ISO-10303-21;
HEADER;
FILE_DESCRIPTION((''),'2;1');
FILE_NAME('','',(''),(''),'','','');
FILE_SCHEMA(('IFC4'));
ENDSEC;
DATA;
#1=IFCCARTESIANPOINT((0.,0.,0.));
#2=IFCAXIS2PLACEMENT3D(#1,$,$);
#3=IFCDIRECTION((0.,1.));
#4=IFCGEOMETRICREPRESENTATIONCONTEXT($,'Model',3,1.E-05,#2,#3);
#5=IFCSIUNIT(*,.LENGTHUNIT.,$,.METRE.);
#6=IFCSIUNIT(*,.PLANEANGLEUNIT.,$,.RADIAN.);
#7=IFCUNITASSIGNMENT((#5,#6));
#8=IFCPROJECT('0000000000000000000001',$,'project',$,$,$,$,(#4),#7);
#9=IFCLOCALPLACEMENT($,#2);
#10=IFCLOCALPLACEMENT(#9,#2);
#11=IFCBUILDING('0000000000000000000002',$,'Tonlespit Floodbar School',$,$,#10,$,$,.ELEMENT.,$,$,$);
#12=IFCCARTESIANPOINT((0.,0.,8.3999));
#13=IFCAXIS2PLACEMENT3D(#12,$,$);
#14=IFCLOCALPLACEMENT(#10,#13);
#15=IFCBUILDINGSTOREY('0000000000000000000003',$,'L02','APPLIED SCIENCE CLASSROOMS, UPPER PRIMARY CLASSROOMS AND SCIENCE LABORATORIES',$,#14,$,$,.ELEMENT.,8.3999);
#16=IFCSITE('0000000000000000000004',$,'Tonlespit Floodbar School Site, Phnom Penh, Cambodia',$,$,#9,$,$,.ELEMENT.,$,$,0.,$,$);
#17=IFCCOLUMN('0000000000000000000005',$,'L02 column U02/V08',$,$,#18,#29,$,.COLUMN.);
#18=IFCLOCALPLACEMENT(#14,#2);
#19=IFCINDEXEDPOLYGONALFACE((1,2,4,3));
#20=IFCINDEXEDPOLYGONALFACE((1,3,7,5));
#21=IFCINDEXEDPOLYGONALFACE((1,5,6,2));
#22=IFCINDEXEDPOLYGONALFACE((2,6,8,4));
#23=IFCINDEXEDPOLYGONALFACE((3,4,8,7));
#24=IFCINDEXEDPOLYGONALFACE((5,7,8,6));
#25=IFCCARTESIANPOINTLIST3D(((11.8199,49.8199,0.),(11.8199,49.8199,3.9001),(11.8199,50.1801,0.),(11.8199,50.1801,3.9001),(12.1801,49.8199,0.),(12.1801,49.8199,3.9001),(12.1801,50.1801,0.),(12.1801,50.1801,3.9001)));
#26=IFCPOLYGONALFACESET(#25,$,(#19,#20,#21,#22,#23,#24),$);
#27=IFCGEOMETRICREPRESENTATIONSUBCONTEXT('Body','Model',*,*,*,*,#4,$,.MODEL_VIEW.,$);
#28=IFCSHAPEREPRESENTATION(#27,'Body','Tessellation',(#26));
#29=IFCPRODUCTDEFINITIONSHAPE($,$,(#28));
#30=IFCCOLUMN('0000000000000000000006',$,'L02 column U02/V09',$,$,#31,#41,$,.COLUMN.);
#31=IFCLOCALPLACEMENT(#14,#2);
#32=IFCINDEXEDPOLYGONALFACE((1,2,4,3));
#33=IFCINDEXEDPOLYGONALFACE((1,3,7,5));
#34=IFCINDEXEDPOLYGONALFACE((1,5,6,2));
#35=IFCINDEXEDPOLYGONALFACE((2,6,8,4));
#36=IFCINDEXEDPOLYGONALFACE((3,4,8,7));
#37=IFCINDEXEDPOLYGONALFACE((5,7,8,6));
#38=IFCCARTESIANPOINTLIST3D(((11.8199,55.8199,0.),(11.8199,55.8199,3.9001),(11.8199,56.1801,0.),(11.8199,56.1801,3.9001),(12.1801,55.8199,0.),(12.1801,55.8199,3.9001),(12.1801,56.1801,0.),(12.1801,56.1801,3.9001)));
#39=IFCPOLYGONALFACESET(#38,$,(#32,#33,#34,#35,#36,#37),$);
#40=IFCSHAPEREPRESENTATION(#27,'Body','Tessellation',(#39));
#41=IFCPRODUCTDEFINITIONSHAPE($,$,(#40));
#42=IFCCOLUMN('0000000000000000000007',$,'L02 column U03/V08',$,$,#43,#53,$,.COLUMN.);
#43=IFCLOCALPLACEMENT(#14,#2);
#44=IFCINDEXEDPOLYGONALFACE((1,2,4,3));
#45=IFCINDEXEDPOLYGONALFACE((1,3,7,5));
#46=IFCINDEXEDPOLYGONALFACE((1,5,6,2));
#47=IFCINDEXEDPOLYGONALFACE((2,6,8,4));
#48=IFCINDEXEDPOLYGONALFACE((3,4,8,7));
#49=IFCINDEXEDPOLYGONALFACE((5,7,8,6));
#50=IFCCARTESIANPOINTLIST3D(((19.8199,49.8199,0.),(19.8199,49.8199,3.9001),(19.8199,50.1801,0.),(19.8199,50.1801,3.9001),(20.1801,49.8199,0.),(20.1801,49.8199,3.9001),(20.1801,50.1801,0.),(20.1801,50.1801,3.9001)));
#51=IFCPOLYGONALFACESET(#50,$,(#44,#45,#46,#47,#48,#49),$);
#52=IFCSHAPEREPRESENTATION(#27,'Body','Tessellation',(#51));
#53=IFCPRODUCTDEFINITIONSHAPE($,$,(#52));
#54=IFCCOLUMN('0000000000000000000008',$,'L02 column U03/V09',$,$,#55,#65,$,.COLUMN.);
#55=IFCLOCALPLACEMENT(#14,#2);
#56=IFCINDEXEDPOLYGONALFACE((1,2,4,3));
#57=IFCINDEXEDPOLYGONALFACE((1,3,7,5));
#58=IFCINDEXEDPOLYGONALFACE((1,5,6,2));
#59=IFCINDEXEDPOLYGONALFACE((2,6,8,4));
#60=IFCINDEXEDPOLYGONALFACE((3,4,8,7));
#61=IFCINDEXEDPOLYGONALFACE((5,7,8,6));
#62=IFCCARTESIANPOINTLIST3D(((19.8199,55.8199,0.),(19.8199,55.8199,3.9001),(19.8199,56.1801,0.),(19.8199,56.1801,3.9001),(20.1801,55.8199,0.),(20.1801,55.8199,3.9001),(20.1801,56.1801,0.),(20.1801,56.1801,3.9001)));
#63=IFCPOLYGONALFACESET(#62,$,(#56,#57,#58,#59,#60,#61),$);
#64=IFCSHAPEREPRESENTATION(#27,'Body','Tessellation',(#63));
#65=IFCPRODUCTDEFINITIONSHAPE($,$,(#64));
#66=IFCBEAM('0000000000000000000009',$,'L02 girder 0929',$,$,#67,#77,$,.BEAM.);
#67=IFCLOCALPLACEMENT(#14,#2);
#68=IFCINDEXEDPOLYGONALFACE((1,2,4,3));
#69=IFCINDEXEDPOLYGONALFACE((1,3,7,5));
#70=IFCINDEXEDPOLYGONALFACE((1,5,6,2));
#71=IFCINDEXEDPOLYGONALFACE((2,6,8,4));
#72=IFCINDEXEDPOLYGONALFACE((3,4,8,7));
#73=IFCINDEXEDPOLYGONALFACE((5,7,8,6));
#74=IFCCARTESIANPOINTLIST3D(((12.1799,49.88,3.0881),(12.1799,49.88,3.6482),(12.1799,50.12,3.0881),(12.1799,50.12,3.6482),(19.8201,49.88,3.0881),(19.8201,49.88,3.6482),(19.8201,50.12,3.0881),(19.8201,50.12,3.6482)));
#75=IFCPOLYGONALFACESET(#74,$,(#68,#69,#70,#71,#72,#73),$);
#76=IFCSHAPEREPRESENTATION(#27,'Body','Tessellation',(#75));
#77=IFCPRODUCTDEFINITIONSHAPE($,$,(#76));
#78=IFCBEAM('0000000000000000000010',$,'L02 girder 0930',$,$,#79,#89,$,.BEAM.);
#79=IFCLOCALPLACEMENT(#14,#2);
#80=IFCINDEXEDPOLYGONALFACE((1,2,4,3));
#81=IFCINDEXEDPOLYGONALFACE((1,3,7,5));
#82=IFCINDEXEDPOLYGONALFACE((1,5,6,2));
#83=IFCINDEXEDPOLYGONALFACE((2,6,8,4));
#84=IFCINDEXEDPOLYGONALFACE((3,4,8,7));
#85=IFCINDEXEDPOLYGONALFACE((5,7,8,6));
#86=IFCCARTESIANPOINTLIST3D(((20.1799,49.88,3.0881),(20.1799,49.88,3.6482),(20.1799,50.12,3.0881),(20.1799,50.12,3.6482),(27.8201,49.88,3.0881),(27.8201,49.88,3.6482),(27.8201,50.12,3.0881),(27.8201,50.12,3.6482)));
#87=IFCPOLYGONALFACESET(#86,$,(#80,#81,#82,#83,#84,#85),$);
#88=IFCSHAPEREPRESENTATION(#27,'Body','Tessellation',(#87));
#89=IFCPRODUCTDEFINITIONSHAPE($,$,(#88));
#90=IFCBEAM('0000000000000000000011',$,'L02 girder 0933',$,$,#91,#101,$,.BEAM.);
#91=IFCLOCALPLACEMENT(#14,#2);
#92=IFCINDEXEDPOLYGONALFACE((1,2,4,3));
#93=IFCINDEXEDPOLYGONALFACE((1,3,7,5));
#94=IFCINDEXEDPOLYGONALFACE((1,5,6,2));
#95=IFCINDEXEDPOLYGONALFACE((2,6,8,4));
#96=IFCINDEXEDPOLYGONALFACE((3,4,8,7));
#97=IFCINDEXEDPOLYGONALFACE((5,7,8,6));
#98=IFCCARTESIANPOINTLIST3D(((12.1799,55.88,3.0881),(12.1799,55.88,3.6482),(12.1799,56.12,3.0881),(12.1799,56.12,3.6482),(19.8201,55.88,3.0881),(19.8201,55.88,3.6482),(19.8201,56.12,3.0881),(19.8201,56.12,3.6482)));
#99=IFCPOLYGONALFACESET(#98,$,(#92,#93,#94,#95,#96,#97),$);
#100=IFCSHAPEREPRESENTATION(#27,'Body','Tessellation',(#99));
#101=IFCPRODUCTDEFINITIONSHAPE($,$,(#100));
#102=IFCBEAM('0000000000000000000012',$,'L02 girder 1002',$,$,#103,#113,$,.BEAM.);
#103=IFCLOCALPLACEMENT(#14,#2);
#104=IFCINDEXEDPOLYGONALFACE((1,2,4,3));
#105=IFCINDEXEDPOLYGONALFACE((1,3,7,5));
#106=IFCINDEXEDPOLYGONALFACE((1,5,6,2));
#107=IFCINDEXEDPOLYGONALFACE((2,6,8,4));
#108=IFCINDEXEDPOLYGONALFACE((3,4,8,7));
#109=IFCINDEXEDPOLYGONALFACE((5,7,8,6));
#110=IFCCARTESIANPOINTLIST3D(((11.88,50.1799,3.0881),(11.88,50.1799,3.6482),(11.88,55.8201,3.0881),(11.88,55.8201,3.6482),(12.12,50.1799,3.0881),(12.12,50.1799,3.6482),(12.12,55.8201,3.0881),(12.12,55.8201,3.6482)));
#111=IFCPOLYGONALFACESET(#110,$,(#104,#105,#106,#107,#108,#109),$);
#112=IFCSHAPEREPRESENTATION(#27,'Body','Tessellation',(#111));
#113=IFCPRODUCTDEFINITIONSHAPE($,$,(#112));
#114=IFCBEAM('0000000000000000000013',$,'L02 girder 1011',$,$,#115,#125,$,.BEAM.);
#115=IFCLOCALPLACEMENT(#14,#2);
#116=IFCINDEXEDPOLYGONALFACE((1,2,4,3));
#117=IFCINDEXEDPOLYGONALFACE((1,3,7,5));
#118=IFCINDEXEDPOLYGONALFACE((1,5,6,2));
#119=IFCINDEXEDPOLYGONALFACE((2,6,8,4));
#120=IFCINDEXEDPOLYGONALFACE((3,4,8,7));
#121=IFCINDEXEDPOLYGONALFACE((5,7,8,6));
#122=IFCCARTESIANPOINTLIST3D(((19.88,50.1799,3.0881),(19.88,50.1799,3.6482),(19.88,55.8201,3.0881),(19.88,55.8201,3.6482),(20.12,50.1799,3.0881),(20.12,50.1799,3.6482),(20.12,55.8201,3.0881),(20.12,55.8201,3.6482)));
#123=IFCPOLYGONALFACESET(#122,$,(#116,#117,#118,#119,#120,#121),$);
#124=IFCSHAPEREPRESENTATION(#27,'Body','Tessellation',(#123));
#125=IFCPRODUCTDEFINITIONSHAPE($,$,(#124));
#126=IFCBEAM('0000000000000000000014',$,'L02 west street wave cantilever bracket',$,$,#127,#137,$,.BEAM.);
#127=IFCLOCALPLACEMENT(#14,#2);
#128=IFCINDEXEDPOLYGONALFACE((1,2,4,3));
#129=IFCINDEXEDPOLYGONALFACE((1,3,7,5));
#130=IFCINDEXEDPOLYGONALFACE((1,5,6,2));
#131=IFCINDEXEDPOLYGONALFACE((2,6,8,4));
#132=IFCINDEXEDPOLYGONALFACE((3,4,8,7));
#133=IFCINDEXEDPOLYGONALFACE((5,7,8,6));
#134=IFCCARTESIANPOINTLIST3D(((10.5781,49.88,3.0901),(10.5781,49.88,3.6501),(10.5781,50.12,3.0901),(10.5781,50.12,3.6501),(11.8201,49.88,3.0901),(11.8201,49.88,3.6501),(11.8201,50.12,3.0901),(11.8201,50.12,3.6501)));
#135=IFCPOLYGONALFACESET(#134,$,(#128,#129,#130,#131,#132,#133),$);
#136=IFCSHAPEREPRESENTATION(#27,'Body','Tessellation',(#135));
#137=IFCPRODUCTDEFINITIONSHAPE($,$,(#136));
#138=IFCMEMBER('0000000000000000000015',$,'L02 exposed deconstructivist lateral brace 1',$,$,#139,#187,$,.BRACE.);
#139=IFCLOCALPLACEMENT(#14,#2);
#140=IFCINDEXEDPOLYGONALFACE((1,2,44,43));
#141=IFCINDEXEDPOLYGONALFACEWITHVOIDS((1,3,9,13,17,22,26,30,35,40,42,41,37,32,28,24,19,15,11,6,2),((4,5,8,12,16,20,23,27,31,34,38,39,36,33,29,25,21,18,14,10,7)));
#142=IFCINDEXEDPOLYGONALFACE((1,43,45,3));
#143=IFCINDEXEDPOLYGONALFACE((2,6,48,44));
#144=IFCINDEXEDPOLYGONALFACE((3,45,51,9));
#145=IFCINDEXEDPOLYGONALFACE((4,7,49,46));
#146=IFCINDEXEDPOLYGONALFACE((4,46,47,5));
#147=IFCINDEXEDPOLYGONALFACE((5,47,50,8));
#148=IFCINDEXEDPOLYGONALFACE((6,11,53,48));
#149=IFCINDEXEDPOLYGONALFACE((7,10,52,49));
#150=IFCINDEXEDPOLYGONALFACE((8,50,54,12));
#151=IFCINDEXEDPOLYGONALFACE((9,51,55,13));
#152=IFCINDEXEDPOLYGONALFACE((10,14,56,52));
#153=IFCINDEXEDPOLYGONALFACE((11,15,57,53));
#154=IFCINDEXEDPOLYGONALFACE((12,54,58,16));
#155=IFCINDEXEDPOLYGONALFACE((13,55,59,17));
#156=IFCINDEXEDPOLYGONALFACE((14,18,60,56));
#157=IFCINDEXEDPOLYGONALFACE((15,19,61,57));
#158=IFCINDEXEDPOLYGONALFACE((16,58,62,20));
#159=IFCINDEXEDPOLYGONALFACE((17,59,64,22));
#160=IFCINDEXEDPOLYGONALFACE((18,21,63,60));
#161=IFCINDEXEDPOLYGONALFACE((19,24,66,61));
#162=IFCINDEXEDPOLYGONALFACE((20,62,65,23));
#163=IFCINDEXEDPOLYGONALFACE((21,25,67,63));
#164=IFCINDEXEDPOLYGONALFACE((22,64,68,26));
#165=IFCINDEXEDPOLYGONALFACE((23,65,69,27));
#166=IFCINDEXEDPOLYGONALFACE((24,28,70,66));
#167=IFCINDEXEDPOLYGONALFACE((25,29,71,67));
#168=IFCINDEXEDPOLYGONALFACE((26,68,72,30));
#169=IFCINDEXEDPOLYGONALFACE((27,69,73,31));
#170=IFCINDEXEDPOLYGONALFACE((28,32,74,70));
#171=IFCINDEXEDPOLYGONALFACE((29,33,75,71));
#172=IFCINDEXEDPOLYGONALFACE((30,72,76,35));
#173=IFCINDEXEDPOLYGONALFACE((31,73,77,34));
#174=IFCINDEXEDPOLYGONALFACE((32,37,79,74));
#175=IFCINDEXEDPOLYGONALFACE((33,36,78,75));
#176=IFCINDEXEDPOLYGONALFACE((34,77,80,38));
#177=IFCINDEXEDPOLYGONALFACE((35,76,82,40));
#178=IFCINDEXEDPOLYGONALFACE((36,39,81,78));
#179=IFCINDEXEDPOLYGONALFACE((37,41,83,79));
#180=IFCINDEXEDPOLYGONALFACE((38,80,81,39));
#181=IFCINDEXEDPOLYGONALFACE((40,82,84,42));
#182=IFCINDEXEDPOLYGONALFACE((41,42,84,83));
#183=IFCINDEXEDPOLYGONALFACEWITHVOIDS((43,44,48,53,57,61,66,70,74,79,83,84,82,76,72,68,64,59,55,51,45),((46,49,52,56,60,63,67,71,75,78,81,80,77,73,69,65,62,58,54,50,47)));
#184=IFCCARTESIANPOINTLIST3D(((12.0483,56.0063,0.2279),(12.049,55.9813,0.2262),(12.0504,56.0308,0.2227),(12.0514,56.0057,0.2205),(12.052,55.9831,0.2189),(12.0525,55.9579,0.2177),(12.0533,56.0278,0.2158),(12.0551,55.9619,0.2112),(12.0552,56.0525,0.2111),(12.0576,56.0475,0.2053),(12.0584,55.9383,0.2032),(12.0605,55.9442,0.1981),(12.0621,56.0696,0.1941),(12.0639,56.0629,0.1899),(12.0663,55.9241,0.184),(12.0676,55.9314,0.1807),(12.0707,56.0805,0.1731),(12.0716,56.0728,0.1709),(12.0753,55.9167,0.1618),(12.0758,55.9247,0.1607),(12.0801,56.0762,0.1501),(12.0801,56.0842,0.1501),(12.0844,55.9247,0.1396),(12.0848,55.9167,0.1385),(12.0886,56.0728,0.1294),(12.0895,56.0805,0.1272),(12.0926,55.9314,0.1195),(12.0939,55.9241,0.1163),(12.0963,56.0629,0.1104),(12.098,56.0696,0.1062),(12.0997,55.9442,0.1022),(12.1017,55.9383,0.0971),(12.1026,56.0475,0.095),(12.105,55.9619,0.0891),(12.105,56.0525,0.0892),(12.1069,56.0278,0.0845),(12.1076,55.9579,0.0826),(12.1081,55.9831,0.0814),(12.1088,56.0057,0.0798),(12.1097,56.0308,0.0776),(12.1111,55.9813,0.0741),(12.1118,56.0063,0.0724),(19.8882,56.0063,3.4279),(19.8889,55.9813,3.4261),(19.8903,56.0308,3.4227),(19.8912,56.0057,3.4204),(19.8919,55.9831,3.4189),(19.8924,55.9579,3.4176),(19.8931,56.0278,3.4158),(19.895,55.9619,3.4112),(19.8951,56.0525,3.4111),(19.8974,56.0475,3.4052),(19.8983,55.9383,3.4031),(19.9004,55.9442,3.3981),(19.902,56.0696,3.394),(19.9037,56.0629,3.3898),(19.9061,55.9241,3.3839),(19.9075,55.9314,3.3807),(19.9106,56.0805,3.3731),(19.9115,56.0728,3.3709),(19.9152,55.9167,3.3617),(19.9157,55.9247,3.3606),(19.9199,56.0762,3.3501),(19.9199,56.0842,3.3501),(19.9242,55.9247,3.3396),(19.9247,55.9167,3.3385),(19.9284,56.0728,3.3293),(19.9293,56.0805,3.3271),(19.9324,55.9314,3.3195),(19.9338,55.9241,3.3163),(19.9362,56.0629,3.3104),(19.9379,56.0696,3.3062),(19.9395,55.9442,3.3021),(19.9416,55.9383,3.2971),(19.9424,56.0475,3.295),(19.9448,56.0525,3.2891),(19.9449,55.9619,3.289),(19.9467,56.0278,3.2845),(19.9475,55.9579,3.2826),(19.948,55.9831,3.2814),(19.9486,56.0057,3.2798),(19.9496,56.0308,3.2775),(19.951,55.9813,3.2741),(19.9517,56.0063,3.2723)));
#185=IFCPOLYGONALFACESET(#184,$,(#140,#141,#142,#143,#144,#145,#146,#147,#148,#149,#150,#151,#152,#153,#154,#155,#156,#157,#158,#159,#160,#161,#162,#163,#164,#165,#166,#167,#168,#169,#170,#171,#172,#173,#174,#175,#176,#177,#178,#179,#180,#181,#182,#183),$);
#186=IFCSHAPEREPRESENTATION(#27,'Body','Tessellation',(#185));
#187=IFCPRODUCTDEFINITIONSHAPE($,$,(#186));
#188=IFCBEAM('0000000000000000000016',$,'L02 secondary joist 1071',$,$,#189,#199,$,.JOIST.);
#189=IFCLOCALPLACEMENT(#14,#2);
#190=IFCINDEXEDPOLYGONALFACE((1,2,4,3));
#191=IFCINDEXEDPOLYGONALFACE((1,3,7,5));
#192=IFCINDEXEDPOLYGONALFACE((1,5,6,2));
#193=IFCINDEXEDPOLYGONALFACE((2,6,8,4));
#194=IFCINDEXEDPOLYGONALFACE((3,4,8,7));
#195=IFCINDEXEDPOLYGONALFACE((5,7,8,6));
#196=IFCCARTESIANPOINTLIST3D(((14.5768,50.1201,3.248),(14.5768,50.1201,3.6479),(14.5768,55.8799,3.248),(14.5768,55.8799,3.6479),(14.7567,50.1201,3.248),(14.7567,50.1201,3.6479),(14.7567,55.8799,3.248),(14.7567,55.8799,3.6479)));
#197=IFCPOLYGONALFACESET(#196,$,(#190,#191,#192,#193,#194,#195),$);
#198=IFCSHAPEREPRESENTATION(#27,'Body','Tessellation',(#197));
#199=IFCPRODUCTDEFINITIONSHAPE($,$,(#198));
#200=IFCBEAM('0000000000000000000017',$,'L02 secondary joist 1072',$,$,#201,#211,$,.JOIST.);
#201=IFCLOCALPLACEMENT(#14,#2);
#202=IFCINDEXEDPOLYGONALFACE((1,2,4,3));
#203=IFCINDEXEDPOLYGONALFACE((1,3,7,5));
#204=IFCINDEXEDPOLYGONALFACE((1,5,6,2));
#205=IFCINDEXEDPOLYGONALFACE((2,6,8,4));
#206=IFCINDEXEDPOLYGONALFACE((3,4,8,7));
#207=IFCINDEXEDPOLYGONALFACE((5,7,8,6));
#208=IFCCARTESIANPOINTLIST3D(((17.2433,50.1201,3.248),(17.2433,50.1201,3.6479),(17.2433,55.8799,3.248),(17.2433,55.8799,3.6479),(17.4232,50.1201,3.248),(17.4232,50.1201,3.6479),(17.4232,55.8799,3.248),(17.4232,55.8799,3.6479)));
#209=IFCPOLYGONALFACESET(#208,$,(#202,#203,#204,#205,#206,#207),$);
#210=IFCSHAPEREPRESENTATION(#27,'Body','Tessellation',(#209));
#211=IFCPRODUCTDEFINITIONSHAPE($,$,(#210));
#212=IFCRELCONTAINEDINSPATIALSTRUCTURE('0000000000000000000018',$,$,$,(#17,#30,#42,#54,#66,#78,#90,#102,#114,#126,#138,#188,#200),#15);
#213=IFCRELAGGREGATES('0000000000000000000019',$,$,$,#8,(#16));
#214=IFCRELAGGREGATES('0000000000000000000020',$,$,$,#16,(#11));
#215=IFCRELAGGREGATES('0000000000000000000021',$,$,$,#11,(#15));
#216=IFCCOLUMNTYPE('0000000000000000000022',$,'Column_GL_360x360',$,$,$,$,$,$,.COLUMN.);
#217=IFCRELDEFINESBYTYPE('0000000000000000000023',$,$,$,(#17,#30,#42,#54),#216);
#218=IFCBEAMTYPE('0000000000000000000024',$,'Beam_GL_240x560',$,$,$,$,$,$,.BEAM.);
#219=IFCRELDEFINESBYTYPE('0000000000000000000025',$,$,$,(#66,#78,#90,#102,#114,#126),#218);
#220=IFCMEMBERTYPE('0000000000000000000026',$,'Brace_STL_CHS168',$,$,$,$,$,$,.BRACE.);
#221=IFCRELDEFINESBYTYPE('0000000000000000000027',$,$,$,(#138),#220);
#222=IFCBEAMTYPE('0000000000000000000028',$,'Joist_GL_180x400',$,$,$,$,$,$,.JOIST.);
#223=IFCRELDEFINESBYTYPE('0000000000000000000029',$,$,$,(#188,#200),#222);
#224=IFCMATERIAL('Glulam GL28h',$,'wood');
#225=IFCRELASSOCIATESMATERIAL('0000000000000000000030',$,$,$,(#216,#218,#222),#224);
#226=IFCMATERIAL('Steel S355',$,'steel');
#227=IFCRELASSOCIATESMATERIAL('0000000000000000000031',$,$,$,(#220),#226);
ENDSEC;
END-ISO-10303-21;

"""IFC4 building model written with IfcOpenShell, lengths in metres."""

from ifc_helpers import new_model, si_unit, direction, frame, origin, origin_2d, place, context, subcontext, project, spatial, rectangle, hollow_circle, extrude, material, material_profile, profile_set, type_object, element, save


model = new_model("IFC4")

# Units and contexts
model_context = context("Model", 3, precision=1e-05, world=origin(), true_north=direction((0.0, 1.0)))
body_context = subcontext(model_context, "Body", "Model", "MODEL_VIEW")
ifc_project = project(units=[si_unit("LENGTHUNIT", "METRE"), si_unit("PLANEANGLEUNIT", "RADIAN")], contexts=[model_context])

# Site, building, storey
site_placement = place(None, origin())
site = spatial("IfcSite", under=ifc_project, at=site_placement, Name="Tonlespit Floodbar School Site, Phnom Penh, Cambodia", CompositionType="ELEMENT", RefElevation=0.0)
building_placement = place(site_placement, origin())
building = spatial("IfcBuilding", under=site, at=building_placement, Name="Tonlespit Floodbar School", CompositionType="ELEMENT")
storey_placement = place(building_placement, frame((0.0, 0.0, 8.3999)))
storey = spatial("IfcBuildingStorey", under=building, at=storey_placement, Name="L02", Description="APPLIED SCIENCE CLASSROOMS, UPPER PRIMARY CLASSROOMS AND SCIENCE LABORATORIES", CompositionType="ELEMENT", Elevation=8.3999)

# Columns
ifc_material_1 = material(Name="Glulam GL28h", Category="wood")
ifc_material_profile_1 = material_profile(ifc_material_1, rectangle(XDim=0.3601, YDim=0.3601, at=origin_2d()), Name="GL 360x360")
ifc_profile_set_1 = profile_set([ifc_material_profile_1], Name="Glulam GL28h")
column_type = type_object("IfcColumnType", Name="Column_GL_360x360", PredefinedType="COLUMN", material=ifc_profile_set_1)
for number, where, z_axis, x_axis, name in (
    (1, (12.0, 50.0, 0.0), (0.0, 0.0, 1.0), (1.0, 0.0, 0.0), "L02 column U02/V08"),
    (2, (12.0, 56.0, 0.0), (0.0, 0.0, 1.0), (1.0, 0.0, 0.0), "L02 column U02/V09"),
    (3, (20.0, 50.0, 0.0), (0.0, 0.0, 1.0), (1.0, 0.0, 0.0), "L02 column U03/V08"),
    (4, (20.0, 56.0, 0.0), (0.0, 0.0, 1.0), (1.0, 0.0, 0.0), "L02 column U03/V09"),
):
    element("IfcColumn", number, at=place(storey_placement, frame(where, z_axis=z_axis, x_axis=x_axis)), inside=storey, type_object=column_type, Name=name, PredefinedType="COLUMN", context=body_context, shape_type="SweptSolid", body=[
        extrude(rectangle(XDim=0.3601, YDim=0.3601, at=origin_2d()), origin(), (0.0, 0.0, 1.0), 3.9001),
    ])

# Beams
ifc_material_profile_2 = material_profile(ifc_material_1, rectangle(XDim=0.24, YDim=0.5601, at=origin_2d()), Name="GL 240x560")
ifc_profile_set_2 = profile_set([ifc_material_profile_2], Name="Glulam GL28h")
beam_type_1 = type_object("IfcBeamType", Name="Beam_GL_240x560", PredefinedType="BEAM", material=ifc_profile_set_2)
for number, where, z_axis, x_axis, name in (
    (5, (12.1799, 50.0, 3.3682), (1.0, 0.0, 0.0), (0.0, 1.0, 0.0), "L02 girder 0929"),
    (6, (20.1799, 50.0, 3.3682), (1.0, 0.0, 0.0), (0.0, 1.0, 0.0), "L02 girder 0930"),
    (7, (12.1799, 56.0, 3.3682), (1.0, 0.0, 0.0), (0.0, 1.0, 0.0), "L02 girder 0933"),
):
    element("IfcBeam", number, at=place(storey_placement, frame(where, z_axis=z_axis, x_axis=x_axis)), inside=storey, type_object=beam_type_1, Name=name, PredefinedType="BEAM", context=body_context, shape_type="SweptSolid", body=[
        extrude(rectangle(XDim=0.24, YDim=0.5601, at=origin_2d()), origin(), (0.0, 0.0, 1.0), 7.6401),
    ])
for number, where, z_axis, x_axis, name in (
    (8, (12.0, 50.1799, 3.3682), (0.0, 1.0, 0.0), (-1.0, 0.0, 0.0), "L02 girder 1002"),
    (9, (20.0, 50.1799, 3.3682), (0.0, 1.0, 0.0), (-1.0, 0.0, 0.0), "L02 girder 1011"),
):
    element("IfcBeam", number, at=place(storey_placement, frame(where, z_axis=z_axis, x_axis=x_axis)), inside=storey, type_object=beam_type_1, Name=name, PredefinedType="BEAM", context=body_context, shape_type="SweptSolid", body=[
        extrude(rectangle(XDim=0.24, YDim=0.5601, at=origin_2d()), origin(), (0.0, 0.0, 1.0), 5.6401),
    ])
beam_placement = place(storey_placement, frame((11.8201, 50.0, 3.3701), z_axis=(-1.0, 0.0, 0.0), x_axis=(0.0, -1.0, 0.0)))
element("IfcBeam", 10, at=beam_placement, inside=storey, type_object=beam_type_1, Name="L02 west street wave cantilever bracket", PredefinedType="BEAM", context=body_context, shape_type="SweptSolid", body=[
    extrude(rectangle(XDim=0.24, YDim=0.5601, at=origin_2d()), origin(), (0.0, 0.0, 1.0), 1.2419),
])

# Member
ifc_material_2 = material(Name="Steel S355", Category="steel")
ifc_material_profile_3 = material_profile(ifc_material_2, hollow_circle(Radius=0.0842, WallThickness=0.0081, at=origin_2d()), Name="CHS 168.3x8")
ifc_profile_set_3 = profile_set([ifc_material_profile_3], Name="Steel S355")
member_type = type_object("IfcMemberType", Name="Brace_STL_CHS168", PredefinedType="BRACE", material=ifc_profile_set_3)
member_placement = place(storey_placement, frame((12.0801, 56.0, 0.1501), z_axis=(0.925847, 0.0, 0.377899), x_axis=(0.0, 1.0, 0.0)))
element("IfcMember", 11, at=member_placement, inside=storey, type_object=member_type, Name="L02 exposed deconstructivist lateral brace 1", PredefinedType="BRACE", context=body_context, shape_type="SweptSolid", body=[
    extrude(hollow_circle(Radius=0.0842, WallThickness=0.0081, at=origin_2d()), origin(), (0.0, 0.0, 1.0), 8.4678),
])

# Beams
ifc_material_profile_4 = material_profile(ifc_material_1, rectangle(XDim=0.1799, YDim=0.3999, at=origin_2d()), Name="GL 180x400")
ifc_profile_set_4 = profile_set([ifc_material_profile_4], Name="Glulam GL28h")
beam_type_2 = type_object("IfcBeamType", Name="Joist_GL_180x400", PredefinedType="JOIST", material=ifc_profile_set_4)
for number, where, z_axis, x_axis, name in (
    (12, (14.6667, 50.1201, 3.448), (0.0, 1.0, 0.0), (-1.0, 0.0, 0.0), "L02 secondary joist 1071"),
    (13, (17.3333, 50.1201, 3.448), (0.0, 1.0, 0.0), (-1.0, 0.0, 0.0), "L02 secondary joist 1072"),
):
    element("IfcBeam", number, at=place(storey_placement, frame(where, z_axis=z_axis, x_axis=x_axis)), inside=storey, type_object=beam_type_2, Name=name, PredefinedType="JOIST", context=body_context, shape_type="SweptSolid", body=[
        extrude(rectangle(XDim=0.1799, YDim=0.3999, at=origin_2d()), origin(), (0.0, 0.0, 1.0), 5.7598),
    ])

save(model, "model.ifc")
